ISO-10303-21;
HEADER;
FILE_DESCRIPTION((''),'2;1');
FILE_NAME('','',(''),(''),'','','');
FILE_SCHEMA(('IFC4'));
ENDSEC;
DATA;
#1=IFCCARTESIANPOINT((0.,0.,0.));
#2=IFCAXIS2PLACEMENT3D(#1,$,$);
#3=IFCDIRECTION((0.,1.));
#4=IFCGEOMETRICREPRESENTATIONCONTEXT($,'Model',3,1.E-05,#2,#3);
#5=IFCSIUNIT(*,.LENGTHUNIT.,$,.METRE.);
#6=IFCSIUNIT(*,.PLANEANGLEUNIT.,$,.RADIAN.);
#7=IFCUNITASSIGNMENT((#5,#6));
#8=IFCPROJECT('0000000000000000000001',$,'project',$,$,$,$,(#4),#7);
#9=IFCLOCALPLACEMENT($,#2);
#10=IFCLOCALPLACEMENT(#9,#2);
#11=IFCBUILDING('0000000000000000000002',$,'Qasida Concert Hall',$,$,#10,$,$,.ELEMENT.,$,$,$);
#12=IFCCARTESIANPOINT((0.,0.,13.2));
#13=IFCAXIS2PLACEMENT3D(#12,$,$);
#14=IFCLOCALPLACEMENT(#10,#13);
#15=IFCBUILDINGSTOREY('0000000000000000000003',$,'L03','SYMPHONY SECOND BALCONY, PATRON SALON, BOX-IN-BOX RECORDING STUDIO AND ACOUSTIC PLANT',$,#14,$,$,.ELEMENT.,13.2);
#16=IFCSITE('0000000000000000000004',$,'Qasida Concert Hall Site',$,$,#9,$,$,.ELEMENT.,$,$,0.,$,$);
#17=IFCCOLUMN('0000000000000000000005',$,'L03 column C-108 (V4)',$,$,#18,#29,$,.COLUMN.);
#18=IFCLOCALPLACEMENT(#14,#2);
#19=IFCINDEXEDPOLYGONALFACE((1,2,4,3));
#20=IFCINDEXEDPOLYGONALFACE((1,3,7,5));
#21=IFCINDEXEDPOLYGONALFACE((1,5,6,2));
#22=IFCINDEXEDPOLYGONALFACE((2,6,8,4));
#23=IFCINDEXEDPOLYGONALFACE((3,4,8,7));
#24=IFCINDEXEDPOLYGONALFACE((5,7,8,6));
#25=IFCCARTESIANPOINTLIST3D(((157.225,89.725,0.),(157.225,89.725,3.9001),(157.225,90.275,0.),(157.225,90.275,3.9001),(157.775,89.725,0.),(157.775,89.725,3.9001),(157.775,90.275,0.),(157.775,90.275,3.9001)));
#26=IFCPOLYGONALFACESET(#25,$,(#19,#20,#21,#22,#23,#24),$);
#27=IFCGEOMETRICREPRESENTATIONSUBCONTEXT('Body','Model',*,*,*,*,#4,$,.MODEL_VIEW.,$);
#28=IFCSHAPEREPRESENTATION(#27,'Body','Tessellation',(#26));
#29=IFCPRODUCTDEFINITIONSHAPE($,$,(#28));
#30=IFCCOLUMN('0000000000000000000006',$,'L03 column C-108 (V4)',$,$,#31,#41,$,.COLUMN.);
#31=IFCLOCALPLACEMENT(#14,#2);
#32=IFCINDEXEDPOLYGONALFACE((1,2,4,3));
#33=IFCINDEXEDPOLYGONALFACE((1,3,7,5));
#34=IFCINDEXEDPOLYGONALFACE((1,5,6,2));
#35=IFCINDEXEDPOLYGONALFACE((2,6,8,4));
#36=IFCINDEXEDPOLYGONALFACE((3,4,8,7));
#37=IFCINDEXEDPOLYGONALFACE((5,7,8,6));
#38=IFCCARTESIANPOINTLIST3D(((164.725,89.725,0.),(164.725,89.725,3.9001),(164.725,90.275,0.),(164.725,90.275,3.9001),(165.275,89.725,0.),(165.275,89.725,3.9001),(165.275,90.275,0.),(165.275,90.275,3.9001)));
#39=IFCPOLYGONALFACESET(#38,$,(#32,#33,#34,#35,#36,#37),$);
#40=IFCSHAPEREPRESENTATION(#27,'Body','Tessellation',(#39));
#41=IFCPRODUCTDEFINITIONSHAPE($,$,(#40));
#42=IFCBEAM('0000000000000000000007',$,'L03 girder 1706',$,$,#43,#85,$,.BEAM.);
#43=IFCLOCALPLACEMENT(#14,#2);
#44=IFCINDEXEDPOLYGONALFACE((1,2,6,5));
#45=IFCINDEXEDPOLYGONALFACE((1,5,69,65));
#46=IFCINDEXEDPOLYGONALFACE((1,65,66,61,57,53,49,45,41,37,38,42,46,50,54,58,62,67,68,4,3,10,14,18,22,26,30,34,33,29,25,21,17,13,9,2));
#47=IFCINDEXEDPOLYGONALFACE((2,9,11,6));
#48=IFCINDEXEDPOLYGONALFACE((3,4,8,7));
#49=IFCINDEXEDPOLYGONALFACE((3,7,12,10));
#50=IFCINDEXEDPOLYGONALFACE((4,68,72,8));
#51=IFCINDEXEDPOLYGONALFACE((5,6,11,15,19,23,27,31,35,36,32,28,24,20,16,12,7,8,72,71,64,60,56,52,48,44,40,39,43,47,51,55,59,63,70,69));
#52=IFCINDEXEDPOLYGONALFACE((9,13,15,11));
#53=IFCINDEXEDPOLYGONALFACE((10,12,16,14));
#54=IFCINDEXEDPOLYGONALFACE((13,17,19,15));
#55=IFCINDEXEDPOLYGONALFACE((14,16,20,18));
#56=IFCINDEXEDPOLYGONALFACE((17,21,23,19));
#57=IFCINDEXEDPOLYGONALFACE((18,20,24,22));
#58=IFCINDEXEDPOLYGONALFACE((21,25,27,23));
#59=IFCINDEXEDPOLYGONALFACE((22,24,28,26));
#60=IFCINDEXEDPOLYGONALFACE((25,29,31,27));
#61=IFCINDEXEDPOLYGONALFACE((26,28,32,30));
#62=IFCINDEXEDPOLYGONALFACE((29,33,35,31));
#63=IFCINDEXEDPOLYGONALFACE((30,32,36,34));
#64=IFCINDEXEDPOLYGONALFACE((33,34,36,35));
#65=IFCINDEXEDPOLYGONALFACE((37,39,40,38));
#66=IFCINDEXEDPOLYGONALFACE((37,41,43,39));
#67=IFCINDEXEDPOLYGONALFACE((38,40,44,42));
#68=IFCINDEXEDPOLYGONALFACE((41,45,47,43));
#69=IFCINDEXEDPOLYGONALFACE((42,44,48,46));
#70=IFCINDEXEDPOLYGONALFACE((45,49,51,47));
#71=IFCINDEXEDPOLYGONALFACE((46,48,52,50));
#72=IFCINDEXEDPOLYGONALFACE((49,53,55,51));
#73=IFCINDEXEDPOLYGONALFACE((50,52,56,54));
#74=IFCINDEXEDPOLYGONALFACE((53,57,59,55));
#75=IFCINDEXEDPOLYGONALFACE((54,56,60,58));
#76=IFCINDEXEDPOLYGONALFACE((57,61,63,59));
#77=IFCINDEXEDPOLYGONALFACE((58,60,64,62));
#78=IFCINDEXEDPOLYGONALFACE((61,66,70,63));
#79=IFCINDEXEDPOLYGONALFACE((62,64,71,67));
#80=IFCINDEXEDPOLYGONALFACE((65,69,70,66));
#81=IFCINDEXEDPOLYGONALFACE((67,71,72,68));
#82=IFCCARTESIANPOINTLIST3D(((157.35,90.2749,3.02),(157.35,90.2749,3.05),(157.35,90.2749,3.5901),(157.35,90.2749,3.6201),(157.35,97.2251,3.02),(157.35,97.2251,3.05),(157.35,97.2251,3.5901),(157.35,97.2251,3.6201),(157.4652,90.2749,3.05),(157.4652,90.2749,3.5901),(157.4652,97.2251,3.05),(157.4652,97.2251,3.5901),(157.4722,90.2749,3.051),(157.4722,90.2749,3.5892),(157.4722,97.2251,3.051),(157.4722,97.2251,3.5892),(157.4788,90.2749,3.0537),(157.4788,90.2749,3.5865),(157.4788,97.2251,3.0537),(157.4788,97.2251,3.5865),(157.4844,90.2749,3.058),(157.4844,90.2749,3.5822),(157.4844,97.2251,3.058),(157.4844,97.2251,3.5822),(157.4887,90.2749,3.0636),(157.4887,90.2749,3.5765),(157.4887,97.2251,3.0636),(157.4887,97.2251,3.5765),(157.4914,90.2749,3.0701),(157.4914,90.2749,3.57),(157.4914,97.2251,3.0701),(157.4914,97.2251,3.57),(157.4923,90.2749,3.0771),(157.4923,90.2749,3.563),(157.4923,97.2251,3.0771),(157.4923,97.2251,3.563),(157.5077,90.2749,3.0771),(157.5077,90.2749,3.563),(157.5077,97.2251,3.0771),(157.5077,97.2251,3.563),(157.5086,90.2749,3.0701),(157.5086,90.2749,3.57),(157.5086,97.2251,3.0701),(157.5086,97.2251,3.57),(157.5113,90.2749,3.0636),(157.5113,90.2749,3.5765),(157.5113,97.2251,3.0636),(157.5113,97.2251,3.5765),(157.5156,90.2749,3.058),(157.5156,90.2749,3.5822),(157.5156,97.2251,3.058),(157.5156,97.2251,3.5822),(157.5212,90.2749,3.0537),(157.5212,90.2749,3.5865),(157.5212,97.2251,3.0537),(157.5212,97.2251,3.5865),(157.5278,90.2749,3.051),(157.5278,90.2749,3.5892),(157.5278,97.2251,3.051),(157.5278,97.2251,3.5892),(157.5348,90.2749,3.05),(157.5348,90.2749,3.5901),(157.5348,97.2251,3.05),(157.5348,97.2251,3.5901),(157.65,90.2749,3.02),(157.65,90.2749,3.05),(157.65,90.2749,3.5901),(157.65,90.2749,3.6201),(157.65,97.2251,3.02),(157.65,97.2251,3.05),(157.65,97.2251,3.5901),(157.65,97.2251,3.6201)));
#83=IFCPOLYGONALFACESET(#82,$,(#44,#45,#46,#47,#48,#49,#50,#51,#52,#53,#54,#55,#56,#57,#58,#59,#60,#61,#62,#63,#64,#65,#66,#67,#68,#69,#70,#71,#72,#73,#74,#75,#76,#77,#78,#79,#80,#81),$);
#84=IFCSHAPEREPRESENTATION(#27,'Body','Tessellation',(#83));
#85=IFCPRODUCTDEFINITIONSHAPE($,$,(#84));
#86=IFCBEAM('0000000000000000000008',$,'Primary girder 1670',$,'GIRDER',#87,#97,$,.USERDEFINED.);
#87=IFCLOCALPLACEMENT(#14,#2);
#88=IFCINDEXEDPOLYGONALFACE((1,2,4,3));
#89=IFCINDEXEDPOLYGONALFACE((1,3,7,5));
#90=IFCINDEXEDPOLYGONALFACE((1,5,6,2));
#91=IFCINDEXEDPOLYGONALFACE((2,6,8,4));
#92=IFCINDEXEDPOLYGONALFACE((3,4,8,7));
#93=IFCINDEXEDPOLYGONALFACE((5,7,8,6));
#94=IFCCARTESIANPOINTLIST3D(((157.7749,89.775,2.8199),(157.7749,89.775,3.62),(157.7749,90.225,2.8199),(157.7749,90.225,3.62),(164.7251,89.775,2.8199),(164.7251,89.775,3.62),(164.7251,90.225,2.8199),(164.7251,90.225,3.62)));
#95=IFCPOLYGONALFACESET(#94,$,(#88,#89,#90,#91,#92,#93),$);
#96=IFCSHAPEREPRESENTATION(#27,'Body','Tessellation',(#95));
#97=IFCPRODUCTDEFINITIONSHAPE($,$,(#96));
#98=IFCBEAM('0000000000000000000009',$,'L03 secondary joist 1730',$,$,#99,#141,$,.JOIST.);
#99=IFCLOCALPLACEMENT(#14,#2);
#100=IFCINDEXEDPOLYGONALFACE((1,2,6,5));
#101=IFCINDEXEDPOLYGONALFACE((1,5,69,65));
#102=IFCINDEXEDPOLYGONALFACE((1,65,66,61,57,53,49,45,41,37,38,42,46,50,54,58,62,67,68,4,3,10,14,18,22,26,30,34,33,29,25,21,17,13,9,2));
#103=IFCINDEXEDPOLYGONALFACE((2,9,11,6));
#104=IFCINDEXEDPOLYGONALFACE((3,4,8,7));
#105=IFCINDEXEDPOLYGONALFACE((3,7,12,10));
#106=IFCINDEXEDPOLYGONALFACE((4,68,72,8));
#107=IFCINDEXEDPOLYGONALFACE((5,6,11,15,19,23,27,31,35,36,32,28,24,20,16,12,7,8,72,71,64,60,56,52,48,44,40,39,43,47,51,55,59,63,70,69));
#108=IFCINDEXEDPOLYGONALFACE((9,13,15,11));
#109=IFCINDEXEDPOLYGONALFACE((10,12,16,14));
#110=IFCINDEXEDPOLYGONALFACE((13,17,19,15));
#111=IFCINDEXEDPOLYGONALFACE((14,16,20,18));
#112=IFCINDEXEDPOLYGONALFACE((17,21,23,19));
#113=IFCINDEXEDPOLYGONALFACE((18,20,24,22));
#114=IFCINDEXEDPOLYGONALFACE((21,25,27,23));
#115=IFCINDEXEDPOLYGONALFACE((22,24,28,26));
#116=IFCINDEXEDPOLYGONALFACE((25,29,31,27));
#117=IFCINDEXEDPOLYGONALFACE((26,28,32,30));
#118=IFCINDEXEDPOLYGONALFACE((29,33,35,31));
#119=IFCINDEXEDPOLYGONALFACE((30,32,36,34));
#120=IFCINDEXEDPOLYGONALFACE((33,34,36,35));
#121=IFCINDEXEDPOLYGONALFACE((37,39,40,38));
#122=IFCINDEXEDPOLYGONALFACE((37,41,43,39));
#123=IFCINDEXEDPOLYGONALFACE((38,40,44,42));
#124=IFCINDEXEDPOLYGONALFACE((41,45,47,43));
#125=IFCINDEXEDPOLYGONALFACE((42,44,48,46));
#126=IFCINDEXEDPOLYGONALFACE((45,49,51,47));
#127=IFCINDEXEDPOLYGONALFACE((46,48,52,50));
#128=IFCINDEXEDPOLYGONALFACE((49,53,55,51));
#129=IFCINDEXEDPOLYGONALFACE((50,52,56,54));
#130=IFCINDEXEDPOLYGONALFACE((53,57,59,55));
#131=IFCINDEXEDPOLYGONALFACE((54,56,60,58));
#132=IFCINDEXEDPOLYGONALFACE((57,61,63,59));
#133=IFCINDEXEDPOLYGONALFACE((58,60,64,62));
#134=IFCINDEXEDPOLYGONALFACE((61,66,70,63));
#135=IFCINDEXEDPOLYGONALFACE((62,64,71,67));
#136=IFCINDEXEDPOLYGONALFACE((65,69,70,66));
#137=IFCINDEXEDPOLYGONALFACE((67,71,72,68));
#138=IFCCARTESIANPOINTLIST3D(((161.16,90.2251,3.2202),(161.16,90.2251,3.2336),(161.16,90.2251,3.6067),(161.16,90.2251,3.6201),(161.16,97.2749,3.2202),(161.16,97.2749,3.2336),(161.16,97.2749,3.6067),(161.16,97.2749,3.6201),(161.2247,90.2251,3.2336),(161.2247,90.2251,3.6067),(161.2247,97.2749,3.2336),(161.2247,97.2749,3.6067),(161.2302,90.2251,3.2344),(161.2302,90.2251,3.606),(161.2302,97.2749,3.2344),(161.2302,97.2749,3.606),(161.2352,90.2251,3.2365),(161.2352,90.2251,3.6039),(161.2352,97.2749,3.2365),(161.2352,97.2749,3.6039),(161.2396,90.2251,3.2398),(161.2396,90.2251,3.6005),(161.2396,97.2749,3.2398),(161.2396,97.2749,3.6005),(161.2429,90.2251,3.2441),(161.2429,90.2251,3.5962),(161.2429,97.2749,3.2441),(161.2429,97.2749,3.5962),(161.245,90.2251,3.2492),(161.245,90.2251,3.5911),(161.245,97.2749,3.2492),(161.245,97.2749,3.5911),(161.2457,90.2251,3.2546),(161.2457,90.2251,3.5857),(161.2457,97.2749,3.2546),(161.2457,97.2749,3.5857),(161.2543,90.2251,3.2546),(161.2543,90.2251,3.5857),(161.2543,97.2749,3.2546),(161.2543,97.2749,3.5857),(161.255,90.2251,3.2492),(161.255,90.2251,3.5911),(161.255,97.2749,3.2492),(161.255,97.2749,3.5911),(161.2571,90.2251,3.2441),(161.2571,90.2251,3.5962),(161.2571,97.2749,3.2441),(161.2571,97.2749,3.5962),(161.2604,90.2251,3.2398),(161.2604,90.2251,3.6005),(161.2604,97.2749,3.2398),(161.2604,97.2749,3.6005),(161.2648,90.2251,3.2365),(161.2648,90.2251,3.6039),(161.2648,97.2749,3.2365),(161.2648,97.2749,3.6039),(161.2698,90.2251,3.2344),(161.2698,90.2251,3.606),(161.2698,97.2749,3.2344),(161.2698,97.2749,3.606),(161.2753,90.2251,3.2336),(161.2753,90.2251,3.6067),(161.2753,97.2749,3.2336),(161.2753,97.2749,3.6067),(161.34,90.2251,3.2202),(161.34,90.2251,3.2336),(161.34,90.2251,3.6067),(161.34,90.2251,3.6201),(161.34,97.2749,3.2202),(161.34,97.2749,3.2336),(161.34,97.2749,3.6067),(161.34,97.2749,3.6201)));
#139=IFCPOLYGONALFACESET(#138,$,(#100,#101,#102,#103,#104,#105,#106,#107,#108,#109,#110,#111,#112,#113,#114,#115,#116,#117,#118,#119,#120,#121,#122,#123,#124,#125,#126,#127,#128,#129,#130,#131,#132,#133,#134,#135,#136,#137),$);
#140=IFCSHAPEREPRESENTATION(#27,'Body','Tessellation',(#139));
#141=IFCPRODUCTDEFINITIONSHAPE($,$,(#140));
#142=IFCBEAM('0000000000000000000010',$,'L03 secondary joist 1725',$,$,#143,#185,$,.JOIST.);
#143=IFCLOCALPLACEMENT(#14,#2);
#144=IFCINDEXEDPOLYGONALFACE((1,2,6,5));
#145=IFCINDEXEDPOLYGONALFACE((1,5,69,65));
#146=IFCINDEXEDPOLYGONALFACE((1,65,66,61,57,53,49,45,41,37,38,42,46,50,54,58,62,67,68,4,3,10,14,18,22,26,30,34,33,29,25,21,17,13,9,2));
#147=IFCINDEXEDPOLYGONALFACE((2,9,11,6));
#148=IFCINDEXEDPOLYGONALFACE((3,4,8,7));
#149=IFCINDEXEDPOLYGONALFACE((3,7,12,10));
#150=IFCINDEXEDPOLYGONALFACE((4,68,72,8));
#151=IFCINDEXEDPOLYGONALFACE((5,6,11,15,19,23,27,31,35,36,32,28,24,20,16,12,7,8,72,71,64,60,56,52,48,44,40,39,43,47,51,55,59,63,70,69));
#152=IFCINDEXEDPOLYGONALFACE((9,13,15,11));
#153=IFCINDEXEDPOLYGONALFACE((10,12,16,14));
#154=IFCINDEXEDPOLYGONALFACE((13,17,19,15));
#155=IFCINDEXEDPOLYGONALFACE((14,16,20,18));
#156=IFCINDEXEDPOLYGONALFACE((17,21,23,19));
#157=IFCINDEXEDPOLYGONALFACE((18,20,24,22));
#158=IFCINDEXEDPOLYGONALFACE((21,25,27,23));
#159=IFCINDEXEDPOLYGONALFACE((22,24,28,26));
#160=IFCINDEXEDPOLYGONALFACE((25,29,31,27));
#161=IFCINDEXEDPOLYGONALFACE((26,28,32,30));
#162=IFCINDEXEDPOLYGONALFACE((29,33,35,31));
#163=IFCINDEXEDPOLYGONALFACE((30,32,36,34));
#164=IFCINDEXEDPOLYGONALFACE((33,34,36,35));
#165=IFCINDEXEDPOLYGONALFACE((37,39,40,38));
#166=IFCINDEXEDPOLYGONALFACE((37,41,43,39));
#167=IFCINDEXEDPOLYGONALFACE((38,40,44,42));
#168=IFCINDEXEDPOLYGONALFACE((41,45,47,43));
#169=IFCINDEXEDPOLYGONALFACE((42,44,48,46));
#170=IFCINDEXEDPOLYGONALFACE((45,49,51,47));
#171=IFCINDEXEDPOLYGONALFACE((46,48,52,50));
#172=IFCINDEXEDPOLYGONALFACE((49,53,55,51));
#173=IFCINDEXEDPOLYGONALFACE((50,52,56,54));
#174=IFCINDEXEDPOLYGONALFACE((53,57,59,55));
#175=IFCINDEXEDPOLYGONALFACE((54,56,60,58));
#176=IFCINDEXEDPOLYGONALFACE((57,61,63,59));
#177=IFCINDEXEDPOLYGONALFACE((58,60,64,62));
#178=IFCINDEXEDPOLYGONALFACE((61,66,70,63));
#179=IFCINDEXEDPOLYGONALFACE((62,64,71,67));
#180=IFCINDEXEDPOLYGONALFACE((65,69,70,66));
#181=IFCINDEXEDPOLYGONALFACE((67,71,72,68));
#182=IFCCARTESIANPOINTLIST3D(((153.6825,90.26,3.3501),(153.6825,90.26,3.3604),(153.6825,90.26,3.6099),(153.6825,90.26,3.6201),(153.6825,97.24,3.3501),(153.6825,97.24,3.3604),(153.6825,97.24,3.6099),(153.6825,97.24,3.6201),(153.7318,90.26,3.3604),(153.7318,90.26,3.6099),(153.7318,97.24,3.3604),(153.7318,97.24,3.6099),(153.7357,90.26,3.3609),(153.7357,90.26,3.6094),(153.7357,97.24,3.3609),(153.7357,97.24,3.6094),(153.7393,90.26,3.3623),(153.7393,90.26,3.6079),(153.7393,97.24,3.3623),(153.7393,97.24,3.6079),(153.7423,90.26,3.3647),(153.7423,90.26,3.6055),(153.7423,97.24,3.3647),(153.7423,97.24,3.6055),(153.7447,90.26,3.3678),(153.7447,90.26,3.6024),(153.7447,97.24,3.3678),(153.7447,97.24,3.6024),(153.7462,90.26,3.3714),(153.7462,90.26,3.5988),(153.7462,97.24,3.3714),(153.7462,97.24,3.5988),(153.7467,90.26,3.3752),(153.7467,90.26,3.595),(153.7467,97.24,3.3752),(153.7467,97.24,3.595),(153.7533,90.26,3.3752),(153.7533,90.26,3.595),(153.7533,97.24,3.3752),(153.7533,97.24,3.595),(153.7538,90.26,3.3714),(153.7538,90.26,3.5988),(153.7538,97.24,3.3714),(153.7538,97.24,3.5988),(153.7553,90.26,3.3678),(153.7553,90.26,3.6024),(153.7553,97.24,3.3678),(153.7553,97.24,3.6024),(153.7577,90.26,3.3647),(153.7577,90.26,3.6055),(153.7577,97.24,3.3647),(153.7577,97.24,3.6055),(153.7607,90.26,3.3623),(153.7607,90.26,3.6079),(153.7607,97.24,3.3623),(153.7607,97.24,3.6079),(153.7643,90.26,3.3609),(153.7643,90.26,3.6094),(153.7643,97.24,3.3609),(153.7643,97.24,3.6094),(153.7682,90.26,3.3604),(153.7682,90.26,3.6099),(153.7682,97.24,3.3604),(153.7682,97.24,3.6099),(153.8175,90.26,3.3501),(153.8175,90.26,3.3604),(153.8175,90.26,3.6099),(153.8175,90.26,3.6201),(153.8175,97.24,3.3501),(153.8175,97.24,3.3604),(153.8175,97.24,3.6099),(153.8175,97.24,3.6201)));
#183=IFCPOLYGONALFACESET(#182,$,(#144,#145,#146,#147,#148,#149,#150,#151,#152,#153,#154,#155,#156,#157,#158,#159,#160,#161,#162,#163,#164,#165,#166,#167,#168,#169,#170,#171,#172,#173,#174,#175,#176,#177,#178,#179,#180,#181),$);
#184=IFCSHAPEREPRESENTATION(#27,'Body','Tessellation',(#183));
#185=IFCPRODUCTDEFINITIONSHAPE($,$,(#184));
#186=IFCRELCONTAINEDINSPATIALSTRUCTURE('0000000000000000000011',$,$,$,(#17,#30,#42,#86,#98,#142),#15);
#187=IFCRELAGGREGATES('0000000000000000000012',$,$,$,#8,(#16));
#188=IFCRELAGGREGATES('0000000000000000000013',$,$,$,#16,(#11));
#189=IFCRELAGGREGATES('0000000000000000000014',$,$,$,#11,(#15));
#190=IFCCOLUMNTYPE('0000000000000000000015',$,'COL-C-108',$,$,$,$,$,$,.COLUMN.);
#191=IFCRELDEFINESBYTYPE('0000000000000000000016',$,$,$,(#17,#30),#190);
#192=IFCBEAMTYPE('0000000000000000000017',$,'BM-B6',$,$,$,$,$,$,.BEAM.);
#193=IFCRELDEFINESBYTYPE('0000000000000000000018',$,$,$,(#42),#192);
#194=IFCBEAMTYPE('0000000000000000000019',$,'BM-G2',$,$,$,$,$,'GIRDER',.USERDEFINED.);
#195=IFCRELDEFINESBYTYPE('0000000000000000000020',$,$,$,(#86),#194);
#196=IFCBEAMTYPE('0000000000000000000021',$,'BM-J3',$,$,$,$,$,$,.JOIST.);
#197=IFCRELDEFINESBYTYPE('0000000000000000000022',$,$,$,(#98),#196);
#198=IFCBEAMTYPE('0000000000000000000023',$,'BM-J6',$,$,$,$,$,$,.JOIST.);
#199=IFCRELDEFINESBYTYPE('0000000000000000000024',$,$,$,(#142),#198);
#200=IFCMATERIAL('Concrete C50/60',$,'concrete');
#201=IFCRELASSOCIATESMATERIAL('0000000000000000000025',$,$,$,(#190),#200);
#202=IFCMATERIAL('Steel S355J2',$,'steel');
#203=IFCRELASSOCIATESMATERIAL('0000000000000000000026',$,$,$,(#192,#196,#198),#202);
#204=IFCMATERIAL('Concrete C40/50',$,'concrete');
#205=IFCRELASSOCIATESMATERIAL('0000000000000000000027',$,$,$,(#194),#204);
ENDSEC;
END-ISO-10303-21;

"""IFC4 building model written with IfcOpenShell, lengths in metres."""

from ifc_helpers import new_model, si_unit, direction, frame, origin, origin_2d, place, context, subcontext, project, spatial, rectangle, i_section, extrude, material, material_profile, profile_set, type_object, element, save


model = new_model("IFC4")

# Units and contexts
model_context = context("Model", 3, precision=1e-05, world=origin(), true_north=direction((0.0, 1.0)))
body_context = subcontext(model_context, "Body", "Model", "MODEL_VIEW")
ifc_project = project(units=[si_unit("LENGTHUNIT", "METRE"), si_unit("PLANEANGLEUNIT", "RADIAN")], contexts=[model_context])

# Site, building, storey
site_placement = place(None, origin())
site = spatial("IfcSite", under=ifc_project, at=site_placement, Name="Qasida Concert Hall Site", CompositionType="ELEMENT", RefElevation=0.0)
building_placement = place(site_placement, origin())
building = spatial("IfcBuilding", under=site, at=building_placement, Name="Qasida Concert Hall", CompositionType="ELEMENT")
storey_placement = place(building_placement, frame((0.0, 0.0, 13.2)))
storey = spatial("IfcBuildingStorey", under=building, at=storey_placement, Name="L03", Description="SYMPHONY SECOND BALCONY, PATRON SALON, BOX-IN-BOX RECORDING STUDIO AND ACOUSTIC PLANT", CompositionType="ELEMENT", Elevation=13.2)

# Columns
ifc_material_1 = material(Name="Concrete C50/60", Category="concrete")
ifc_material_profile_1 = material_profile(ifc_material_1, rectangle(XDim=0.55, YDim=0.55, at=origin_2d()), Name="RC 550x550")
ifc_profile_set_1 = profile_set([ifc_material_profile_1], Name="Concrete C50/60")
column_type = type_object("IfcColumnType", Name="COL-C-108", PredefinedType="COLUMN", material=ifc_profile_set_1)
for number, where, z_axis, x_axis, name in (
    (1, (157.5, 90.0, 0.0), (0.0, 0.0, 1.0), (1.0, 0.0, 0.0), "L03 column C-108 (V4)"),
    (2, (165.0, 90.0, 0.0), (0.0, 0.0, 1.0), (1.0, 0.0, 0.0), "L03 column C-108 (V4)"),
):
    element("IfcColumn", number, at=place(storey_placement, frame(where, z_axis=z_axis, x_axis=x_axis)), inside=storey, type_object=column_type, Name=name, PredefinedType="COLUMN", context=body_context, shape_type="SweptSolid", body=[
        extrude(rectangle(XDim=0.55, YDim=0.55, at=origin_2d()), origin(), (0.0, 0.0, 1.0), 3.9001),
    ])

# Beams
ifc_material_2 = material(Name="Steel S355J2", Category="steel")
ifc_material_profile_2 = material_profile(ifc_material_2, i_section(OverallWidth=0.3, OverallDepth=0.6001, WebThickness=0.0154, FlangeThickness=0.03, FilletRadius=0.0271, at=origin_2d()), Name="HEB 600")
ifc_profile_set_2 = profile_set([ifc_material_profile_2], Name="Steel S355J2")
beam_type_1 = type_object("IfcBeamType", Name="BM-B6", PredefinedType="BEAM", material=ifc_profile_set_2)
beam_1_placement = place(storey_placement, frame((157.5, 90.2749, 3.3201), z_axis=(0.0, 1.0, 0.0), x_axis=(-1.0, 0.0, 0.0)))
element("IfcBeam", 3, at=beam_1_placement, inside=storey, type_object=beam_type_1, Name="L03 girder 1706", PredefinedType="BEAM", context=body_context, shape_type="SweptSolid", body=[
    extrude(i_section(OverallWidth=0.3, OverallDepth=0.6001, WebThickness=0.0154, FlangeThickness=0.03, FilletRadius=0.0271, at=origin_2d()), origin(), (0.0, 0.0, 1.0), 6.9502),
])
ifc_material_3 = material(Name="Concrete C40/50", Category="concrete")
ifc_material_profile_3 = material_profile(ifc_material_3, rectangle(XDim=0.45, YDim=0.8, at=origin_2d()), Name="RC 450x800")
ifc_profile_set_3 = profile_set([ifc_material_profile_3], Name="Concrete C40/50")
beam_type_2 = type_object("IfcBeamType", Name="BM-G2", ElementType="GIRDER", PredefinedType="USERDEFINED", material=ifc_profile_set_3)
beam_2_placement = place(storey_placement, frame((157.7749, 90.0, 3.22), z_axis=(1.0, 0.0, 0.0), x_axis=(0.0, 1.0, 0.0)))
element("IfcBeam", 4, at=beam_2_placement, inside=storey, type_object=beam_type_2, Name="Primary girder 1670", ObjectType="GIRDER", PredefinedType="USERDEFINED", context=body_context, shape_type="SweptSolid", body=[
    extrude(rectangle(XDim=0.45, YDim=0.8, at=origin_2d()), origin(), (0.0, 0.0, 1.0), 6.9502),
])
ifc_material_profile_4 = material_profile(ifc_material_2, i_section(OverallWidth=0.1799, OverallDepth=0.3999, WebThickness=0.0085, FlangeThickness=0.0134, FilletRadius=0.021, at=origin_2d()), Name="IPE 400")
ifc_profile_set_4 = profile_set([ifc_material_profile_4], Name="Steel S355J2")
beam_type_3 = type_object("IfcBeamType", Name="BM-J3", PredefinedType="JOIST", material=ifc_profile_set_4)
beam_3_placement = place(storey_placement, frame((161.25, 90.2251, 3.4202), z_axis=(0.0, 1.0, 0.0), x_axis=(-1.0, 0.0, 0.0)))
element("IfcBeam", 5, at=beam_3_placement, inside=storey, type_object=beam_type_3, Name="L03 secondary joist 1730", PredefinedType="JOIST", context=body_context, shape_type="SweptSolid", body=[
    extrude(i_section(OverallWidth=0.1799, OverallDepth=0.3999, WebThickness=0.0085, FlangeThickness=0.0134, FilletRadius=0.021, at=origin_2d()), origin(), (0.0, 0.0, 1.0), 7.0498),
])
ifc_material_profile_5 = material_profile(ifc_material_2, i_section(OverallWidth=0.135, OverallDepth=0.27, WebThickness=0.0066, FlangeThickness=0.0103, FilletRadius=0.0149, at=origin_2d()), Name="IPE 270")
ifc_profile_set_5 = profile_set([ifc_material_profile_5], Name="Steel S355J2")
beam_type_4 = type_object("IfcBeamType", Name="BM-J6", PredefinedType="JOIST", material=ifc_profile_set_5)
beam_4_placement = place(storey_placement, frame((153.75, 90.26, 3.4851), z_axis=(0.0, 1.0, 0.0), x_axis=(-1.0, 0.0, 0.0)))
element("IfcBeam", 6, at=beam_4_placement, inside=storey, type_object=beam_type_4, Name="L03 secondary joist 1725", PredefinedType="JOIST", context=body_context, shape_type="SweptSolid", body=[
    extrude(i_section(OverallWidth=0.135, OverallDepth=0.27, WebThickness=0.0066, FlangeThickness=0.0103, FilletRadius=0.0149, at=origin_2d()), origin(), (0.0, 0.0, 1.0), 6.98),
])

save(model, "model.ifc")
